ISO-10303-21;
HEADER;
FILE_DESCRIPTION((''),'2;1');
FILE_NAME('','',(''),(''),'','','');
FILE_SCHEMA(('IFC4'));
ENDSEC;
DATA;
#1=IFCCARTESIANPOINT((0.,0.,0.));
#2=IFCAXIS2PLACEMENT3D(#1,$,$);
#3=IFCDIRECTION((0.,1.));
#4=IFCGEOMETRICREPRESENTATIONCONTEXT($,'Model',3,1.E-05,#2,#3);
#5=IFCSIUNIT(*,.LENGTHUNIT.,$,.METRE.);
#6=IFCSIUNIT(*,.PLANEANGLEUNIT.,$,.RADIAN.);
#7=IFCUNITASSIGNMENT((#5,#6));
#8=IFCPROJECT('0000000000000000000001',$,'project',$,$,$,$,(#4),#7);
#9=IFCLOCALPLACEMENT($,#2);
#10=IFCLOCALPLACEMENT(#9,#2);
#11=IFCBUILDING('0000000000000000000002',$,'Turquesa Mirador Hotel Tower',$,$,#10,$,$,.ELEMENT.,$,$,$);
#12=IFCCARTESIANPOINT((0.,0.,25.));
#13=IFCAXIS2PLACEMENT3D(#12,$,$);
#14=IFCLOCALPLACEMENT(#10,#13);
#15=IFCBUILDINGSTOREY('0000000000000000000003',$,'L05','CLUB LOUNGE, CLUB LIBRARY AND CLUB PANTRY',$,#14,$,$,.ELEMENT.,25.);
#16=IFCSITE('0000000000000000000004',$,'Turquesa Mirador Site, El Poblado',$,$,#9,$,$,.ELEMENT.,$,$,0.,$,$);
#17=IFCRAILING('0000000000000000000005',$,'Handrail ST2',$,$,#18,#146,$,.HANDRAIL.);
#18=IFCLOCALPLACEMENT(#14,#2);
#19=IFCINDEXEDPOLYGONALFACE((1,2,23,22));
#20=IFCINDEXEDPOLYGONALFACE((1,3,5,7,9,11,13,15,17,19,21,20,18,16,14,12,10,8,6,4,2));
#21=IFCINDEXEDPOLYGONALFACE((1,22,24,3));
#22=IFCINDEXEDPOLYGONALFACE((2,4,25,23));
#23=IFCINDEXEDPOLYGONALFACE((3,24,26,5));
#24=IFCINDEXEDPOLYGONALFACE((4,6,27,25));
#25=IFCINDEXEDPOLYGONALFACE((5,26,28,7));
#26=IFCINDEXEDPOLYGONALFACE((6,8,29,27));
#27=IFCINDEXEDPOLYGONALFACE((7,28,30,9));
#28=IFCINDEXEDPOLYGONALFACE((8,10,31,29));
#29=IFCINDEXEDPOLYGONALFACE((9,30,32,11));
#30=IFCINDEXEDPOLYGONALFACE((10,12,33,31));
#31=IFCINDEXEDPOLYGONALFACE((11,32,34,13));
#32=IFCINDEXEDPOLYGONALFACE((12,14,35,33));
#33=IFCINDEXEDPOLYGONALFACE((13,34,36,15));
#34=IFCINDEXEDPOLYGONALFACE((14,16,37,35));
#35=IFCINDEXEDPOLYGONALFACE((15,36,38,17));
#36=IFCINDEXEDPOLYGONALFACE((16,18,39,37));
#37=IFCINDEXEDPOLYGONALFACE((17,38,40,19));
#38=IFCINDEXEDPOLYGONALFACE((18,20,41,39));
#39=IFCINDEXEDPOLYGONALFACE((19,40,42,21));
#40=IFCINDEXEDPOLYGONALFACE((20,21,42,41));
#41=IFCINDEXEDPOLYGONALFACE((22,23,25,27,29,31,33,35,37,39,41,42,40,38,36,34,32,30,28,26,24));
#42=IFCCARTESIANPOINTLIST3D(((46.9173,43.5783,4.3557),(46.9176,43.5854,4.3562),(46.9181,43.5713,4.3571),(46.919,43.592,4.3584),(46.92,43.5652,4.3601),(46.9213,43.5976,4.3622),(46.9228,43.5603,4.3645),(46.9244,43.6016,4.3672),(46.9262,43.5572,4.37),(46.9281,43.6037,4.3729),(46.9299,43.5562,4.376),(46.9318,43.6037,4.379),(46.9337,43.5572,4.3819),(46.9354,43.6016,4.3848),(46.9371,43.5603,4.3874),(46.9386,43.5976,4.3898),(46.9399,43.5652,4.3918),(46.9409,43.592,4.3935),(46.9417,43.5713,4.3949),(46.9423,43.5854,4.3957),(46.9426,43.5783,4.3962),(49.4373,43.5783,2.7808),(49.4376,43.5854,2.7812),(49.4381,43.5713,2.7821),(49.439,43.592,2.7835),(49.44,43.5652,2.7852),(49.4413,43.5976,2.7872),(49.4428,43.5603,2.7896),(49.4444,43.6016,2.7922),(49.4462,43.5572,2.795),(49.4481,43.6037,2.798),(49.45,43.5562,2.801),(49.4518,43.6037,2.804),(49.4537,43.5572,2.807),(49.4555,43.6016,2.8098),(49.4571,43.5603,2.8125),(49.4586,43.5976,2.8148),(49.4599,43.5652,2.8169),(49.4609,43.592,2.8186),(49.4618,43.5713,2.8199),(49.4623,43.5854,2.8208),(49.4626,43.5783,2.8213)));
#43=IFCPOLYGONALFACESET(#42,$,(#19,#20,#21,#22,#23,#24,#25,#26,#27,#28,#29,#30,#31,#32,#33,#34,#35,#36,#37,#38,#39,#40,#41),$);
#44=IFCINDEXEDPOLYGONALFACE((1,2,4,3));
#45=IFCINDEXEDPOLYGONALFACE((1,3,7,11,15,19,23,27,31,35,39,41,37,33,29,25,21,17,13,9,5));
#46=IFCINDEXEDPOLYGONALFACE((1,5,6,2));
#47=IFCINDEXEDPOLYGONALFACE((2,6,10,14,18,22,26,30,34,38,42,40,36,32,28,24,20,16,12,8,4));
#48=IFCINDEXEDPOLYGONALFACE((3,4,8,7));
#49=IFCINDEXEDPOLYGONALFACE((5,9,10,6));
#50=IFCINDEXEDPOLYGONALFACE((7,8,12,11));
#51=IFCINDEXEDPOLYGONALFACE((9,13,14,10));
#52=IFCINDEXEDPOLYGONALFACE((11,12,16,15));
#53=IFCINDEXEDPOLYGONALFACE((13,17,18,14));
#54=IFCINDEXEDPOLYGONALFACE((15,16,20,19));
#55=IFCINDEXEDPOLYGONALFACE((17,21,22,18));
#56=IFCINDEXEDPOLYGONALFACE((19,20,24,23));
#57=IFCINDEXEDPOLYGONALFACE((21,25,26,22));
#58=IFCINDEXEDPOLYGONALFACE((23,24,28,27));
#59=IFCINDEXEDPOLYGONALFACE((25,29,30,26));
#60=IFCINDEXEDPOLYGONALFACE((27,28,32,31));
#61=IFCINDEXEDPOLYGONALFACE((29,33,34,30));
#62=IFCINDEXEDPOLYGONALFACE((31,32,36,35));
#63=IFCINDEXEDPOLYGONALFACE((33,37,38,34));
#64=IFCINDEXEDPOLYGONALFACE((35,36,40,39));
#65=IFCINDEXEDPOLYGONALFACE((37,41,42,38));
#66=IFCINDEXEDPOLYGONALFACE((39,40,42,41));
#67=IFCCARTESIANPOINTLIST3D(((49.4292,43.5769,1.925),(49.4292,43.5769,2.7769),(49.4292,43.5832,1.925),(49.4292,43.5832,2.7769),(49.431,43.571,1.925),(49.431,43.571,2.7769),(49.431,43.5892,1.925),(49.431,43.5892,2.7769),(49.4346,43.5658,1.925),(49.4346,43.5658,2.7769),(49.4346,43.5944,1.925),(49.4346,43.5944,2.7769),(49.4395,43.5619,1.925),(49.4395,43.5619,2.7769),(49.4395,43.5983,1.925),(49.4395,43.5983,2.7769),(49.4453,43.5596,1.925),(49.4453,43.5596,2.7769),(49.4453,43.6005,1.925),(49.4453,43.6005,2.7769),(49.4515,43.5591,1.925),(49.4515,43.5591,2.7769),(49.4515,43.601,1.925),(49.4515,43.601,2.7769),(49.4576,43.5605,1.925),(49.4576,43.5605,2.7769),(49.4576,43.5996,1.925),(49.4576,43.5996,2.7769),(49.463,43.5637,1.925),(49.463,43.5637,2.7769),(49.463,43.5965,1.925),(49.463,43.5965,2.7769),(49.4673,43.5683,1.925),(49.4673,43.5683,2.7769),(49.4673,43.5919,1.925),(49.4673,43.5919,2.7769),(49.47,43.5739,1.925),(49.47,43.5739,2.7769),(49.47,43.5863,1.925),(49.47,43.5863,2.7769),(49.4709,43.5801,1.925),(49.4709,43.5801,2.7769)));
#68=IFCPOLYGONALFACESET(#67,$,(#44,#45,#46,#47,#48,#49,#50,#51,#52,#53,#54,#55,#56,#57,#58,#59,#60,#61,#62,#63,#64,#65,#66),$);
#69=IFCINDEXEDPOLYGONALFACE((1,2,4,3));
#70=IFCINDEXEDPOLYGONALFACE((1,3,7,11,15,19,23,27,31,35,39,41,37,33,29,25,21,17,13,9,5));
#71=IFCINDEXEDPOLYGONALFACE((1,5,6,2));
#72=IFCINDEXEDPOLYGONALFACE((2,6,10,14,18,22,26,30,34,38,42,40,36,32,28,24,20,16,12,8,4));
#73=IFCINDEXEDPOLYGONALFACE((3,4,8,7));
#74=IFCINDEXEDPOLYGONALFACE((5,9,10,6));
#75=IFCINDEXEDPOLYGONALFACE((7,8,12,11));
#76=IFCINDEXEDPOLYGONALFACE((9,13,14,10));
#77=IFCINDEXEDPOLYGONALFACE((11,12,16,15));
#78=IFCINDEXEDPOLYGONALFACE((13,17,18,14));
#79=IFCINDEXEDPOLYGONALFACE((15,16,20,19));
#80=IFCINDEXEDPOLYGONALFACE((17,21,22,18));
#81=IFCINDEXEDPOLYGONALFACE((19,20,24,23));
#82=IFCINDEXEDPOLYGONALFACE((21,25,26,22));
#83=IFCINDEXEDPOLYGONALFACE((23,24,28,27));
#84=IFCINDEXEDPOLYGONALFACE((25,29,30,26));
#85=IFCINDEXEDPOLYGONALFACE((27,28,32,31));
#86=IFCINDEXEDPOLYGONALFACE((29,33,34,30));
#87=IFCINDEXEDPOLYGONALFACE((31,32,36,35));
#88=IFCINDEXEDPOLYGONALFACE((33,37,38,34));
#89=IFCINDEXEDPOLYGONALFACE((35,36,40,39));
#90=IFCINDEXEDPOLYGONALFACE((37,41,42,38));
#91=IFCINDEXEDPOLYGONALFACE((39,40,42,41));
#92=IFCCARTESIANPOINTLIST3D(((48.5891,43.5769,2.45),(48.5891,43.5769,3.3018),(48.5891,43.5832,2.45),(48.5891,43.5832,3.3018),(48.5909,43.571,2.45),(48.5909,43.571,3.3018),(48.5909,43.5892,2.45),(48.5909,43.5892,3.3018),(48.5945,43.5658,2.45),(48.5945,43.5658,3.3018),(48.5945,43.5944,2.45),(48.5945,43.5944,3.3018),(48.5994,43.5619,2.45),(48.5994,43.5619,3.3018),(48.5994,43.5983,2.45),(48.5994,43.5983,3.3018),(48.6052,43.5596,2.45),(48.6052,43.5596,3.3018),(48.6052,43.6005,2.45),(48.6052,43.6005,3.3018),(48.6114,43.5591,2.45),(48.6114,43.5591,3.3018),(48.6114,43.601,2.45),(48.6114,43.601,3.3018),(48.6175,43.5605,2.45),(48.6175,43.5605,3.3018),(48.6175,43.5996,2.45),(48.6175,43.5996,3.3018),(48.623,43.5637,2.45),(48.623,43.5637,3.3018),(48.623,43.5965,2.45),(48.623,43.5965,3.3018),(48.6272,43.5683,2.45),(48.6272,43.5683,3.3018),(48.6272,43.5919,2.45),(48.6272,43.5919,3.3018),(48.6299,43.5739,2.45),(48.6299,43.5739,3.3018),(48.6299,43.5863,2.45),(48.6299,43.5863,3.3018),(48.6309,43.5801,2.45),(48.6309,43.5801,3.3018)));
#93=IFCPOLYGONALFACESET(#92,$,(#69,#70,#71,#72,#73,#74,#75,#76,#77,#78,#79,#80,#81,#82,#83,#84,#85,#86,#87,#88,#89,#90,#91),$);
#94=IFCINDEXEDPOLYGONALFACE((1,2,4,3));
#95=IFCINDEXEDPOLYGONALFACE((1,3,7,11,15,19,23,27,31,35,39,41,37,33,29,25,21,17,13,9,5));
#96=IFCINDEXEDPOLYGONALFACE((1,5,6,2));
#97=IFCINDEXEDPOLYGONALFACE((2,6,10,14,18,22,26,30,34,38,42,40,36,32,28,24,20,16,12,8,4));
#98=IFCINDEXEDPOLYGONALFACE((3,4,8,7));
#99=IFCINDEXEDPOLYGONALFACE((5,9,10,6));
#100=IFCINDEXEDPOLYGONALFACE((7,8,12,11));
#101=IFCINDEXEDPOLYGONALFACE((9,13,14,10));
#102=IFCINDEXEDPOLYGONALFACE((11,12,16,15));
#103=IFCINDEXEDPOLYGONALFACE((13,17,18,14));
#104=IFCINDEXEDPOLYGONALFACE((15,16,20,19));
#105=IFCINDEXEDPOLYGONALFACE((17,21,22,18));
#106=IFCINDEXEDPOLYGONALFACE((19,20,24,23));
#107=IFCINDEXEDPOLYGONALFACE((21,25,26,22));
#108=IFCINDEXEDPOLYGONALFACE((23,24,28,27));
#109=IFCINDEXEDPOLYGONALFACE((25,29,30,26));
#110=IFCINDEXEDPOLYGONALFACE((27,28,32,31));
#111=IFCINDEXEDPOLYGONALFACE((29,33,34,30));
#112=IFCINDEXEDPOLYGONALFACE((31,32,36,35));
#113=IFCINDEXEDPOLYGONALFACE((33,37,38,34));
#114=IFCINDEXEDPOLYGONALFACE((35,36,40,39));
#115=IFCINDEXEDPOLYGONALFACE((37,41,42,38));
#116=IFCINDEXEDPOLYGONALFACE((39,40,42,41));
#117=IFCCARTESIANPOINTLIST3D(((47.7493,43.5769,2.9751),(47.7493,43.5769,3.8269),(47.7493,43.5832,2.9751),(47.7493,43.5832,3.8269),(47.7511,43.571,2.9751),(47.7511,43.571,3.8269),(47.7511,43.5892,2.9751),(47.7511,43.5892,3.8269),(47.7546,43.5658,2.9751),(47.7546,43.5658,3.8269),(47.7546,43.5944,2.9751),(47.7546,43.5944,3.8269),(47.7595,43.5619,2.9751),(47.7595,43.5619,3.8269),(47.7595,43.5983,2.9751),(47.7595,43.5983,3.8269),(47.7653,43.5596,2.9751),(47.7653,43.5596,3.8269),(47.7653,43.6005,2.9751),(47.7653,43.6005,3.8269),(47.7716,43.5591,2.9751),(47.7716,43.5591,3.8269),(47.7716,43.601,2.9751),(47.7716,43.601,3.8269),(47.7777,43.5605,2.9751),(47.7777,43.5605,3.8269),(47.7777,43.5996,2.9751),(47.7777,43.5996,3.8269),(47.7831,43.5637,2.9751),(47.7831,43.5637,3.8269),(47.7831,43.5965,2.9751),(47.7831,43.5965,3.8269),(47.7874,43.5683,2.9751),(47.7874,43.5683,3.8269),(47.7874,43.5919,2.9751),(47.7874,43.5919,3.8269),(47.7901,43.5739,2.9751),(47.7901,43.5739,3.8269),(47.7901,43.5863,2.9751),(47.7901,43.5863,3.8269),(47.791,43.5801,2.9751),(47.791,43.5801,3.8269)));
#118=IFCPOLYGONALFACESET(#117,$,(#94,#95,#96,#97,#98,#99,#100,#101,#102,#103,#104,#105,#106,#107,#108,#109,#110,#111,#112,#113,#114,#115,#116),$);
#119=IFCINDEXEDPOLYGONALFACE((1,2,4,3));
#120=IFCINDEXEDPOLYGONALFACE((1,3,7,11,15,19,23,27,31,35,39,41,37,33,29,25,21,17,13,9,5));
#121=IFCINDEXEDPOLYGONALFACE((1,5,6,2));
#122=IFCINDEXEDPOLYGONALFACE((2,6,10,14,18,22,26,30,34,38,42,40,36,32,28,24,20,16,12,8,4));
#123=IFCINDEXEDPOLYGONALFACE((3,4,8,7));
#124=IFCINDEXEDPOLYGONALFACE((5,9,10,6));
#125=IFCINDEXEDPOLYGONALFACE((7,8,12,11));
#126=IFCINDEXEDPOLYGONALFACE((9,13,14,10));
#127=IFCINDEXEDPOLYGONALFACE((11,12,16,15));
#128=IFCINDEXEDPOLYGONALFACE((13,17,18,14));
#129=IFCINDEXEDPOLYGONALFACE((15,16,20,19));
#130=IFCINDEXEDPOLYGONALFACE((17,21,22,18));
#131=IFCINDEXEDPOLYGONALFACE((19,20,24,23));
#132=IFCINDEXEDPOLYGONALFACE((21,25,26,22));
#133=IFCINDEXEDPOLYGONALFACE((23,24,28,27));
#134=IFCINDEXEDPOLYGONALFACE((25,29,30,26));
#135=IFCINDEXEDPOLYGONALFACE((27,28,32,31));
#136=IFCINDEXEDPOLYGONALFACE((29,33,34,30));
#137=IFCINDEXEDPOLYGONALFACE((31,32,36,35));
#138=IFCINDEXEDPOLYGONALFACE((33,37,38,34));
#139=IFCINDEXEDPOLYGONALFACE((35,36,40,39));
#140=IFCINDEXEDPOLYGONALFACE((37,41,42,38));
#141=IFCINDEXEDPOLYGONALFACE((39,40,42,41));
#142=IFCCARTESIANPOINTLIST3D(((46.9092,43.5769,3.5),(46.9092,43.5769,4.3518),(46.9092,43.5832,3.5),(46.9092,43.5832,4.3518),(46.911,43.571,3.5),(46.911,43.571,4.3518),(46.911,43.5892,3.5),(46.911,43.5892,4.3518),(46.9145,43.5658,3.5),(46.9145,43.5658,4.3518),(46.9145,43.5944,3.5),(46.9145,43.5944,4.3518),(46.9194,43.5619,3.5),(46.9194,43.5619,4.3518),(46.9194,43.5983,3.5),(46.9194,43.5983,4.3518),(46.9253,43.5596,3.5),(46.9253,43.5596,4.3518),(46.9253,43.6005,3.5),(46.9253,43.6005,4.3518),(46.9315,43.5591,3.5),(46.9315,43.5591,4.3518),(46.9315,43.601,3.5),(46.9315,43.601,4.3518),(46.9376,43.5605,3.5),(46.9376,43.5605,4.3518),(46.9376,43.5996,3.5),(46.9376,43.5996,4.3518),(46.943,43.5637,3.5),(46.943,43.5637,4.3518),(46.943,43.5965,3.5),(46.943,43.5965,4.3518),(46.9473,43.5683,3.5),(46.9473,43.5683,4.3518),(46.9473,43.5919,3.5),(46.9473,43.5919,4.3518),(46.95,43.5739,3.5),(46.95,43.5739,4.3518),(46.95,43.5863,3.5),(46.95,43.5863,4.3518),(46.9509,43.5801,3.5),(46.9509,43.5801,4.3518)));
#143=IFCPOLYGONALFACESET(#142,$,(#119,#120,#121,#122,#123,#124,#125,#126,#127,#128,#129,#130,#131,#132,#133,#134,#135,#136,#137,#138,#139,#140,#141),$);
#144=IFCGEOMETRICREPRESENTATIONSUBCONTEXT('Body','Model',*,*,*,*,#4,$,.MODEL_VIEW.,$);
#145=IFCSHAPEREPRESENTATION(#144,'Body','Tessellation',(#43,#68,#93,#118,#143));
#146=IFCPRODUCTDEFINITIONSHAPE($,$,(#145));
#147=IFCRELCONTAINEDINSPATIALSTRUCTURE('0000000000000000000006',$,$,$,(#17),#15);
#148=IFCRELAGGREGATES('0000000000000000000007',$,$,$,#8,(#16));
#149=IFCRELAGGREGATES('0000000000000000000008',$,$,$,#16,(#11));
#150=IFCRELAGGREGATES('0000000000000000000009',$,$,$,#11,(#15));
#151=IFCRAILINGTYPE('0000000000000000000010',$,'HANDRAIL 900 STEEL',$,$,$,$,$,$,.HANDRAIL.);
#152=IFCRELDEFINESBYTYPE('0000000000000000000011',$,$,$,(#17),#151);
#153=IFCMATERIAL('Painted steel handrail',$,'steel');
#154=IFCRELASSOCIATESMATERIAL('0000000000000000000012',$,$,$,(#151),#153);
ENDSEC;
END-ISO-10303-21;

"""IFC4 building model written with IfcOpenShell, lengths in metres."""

from ifc_helpers import new_model, si_unit, direction, frame, origin, origin_2d, place, context, subcontext, project, spatial, circle, extrude, material, type_object, element, save


model = new_model("IFC4")

# Units and contexts
model_context = context("Model", 3, precision=1e-05, world=origin(), true_north=direction((0.0, 1.0)))
body_context = subcontext(model_context, "Body", "Model", "MODEL_VIEW")
ifc_project = project(units=[si_unit("LENGTHUNIT", "METRE"), si_unit("PLANEANGLEUNIT", "RADIAN")], contexts=[model_context])

# Site, building, storey
site_placement = place(None, origin())
site = spatial("IfcSite", under=ifc_project, at=site_placement, Name="Turquesa Mirador Site, El Poblado", CompositionType="ELEMENT", RefElevation=0.0)
building_placement = place(site_placement, origin())
building = spatial("IfcBuilding", under=site, at=building_placement, Name="Turquesa Mirador Hotel Tower", CompositionType="ELEMENT")
storey_placement = place(building_placement, frame((0.0, 0.0, 25.0)))
storey = spatial("IfcBuildingStorey", under=building, at=storey_placement, Name="L05", Description="CLUB LOUNGE, CLUB LIBRARY AND CLUB PANTRY", CompositionType="ELEMENT", Elevation=25.0)

# Railing
ifc_material_1 = material(Name="Painted steel handrail", Category="steel")
railing_type = type_object("IfcRailingType", Name="HANDRAIL 900 STEEL", PredefinedType="HANDRAIL", material=ifc_material_1)
railing_1_placement = place(storey_placement, frame((49.45, 43.5801, 1.925)))
element("IfcRailing", 1, at=railing_1_placement, inside=storey, type_object=railing_type, Name="Handrail ST2", PredefinedType="HANDRAIL", context=body_context, shape_type="SweptSolid", body=[
    extrude(circle(Radius=0.0239, at=origin_2d()), frame((0.0, 0.0, 0.876), z_axis=(-0.848008, 0.0, 0.529984), x_axis=(0.0, -1.0, 0.0)), (0.0, 0.0, 1.0), 2.9717),
    extrude(circle(Radius=0.021, at=origin_2d()), origin(), (0.0, 0.0, 1.0), 0.8518),
    extrude(circle(Radius=0.021, at=origin_2d()), frame((-0.8401, 0.0, 0.5249)), (0.0, 0.0, 1.0), 0.8518),
    extrude(circle(Radius=0.021, at=origin_2d()), frame((-1.6799, 0.0, 1.05)), (0.0, 0.0, 1.0), 0.8518),
    extrude(circle(Radius=0.021, at=origin_2d()), frame((-2.52, 0.0, 1.575)), (0.0, 0.0, 1.0), 0.8518),
])

save(model, "model.ifc")
